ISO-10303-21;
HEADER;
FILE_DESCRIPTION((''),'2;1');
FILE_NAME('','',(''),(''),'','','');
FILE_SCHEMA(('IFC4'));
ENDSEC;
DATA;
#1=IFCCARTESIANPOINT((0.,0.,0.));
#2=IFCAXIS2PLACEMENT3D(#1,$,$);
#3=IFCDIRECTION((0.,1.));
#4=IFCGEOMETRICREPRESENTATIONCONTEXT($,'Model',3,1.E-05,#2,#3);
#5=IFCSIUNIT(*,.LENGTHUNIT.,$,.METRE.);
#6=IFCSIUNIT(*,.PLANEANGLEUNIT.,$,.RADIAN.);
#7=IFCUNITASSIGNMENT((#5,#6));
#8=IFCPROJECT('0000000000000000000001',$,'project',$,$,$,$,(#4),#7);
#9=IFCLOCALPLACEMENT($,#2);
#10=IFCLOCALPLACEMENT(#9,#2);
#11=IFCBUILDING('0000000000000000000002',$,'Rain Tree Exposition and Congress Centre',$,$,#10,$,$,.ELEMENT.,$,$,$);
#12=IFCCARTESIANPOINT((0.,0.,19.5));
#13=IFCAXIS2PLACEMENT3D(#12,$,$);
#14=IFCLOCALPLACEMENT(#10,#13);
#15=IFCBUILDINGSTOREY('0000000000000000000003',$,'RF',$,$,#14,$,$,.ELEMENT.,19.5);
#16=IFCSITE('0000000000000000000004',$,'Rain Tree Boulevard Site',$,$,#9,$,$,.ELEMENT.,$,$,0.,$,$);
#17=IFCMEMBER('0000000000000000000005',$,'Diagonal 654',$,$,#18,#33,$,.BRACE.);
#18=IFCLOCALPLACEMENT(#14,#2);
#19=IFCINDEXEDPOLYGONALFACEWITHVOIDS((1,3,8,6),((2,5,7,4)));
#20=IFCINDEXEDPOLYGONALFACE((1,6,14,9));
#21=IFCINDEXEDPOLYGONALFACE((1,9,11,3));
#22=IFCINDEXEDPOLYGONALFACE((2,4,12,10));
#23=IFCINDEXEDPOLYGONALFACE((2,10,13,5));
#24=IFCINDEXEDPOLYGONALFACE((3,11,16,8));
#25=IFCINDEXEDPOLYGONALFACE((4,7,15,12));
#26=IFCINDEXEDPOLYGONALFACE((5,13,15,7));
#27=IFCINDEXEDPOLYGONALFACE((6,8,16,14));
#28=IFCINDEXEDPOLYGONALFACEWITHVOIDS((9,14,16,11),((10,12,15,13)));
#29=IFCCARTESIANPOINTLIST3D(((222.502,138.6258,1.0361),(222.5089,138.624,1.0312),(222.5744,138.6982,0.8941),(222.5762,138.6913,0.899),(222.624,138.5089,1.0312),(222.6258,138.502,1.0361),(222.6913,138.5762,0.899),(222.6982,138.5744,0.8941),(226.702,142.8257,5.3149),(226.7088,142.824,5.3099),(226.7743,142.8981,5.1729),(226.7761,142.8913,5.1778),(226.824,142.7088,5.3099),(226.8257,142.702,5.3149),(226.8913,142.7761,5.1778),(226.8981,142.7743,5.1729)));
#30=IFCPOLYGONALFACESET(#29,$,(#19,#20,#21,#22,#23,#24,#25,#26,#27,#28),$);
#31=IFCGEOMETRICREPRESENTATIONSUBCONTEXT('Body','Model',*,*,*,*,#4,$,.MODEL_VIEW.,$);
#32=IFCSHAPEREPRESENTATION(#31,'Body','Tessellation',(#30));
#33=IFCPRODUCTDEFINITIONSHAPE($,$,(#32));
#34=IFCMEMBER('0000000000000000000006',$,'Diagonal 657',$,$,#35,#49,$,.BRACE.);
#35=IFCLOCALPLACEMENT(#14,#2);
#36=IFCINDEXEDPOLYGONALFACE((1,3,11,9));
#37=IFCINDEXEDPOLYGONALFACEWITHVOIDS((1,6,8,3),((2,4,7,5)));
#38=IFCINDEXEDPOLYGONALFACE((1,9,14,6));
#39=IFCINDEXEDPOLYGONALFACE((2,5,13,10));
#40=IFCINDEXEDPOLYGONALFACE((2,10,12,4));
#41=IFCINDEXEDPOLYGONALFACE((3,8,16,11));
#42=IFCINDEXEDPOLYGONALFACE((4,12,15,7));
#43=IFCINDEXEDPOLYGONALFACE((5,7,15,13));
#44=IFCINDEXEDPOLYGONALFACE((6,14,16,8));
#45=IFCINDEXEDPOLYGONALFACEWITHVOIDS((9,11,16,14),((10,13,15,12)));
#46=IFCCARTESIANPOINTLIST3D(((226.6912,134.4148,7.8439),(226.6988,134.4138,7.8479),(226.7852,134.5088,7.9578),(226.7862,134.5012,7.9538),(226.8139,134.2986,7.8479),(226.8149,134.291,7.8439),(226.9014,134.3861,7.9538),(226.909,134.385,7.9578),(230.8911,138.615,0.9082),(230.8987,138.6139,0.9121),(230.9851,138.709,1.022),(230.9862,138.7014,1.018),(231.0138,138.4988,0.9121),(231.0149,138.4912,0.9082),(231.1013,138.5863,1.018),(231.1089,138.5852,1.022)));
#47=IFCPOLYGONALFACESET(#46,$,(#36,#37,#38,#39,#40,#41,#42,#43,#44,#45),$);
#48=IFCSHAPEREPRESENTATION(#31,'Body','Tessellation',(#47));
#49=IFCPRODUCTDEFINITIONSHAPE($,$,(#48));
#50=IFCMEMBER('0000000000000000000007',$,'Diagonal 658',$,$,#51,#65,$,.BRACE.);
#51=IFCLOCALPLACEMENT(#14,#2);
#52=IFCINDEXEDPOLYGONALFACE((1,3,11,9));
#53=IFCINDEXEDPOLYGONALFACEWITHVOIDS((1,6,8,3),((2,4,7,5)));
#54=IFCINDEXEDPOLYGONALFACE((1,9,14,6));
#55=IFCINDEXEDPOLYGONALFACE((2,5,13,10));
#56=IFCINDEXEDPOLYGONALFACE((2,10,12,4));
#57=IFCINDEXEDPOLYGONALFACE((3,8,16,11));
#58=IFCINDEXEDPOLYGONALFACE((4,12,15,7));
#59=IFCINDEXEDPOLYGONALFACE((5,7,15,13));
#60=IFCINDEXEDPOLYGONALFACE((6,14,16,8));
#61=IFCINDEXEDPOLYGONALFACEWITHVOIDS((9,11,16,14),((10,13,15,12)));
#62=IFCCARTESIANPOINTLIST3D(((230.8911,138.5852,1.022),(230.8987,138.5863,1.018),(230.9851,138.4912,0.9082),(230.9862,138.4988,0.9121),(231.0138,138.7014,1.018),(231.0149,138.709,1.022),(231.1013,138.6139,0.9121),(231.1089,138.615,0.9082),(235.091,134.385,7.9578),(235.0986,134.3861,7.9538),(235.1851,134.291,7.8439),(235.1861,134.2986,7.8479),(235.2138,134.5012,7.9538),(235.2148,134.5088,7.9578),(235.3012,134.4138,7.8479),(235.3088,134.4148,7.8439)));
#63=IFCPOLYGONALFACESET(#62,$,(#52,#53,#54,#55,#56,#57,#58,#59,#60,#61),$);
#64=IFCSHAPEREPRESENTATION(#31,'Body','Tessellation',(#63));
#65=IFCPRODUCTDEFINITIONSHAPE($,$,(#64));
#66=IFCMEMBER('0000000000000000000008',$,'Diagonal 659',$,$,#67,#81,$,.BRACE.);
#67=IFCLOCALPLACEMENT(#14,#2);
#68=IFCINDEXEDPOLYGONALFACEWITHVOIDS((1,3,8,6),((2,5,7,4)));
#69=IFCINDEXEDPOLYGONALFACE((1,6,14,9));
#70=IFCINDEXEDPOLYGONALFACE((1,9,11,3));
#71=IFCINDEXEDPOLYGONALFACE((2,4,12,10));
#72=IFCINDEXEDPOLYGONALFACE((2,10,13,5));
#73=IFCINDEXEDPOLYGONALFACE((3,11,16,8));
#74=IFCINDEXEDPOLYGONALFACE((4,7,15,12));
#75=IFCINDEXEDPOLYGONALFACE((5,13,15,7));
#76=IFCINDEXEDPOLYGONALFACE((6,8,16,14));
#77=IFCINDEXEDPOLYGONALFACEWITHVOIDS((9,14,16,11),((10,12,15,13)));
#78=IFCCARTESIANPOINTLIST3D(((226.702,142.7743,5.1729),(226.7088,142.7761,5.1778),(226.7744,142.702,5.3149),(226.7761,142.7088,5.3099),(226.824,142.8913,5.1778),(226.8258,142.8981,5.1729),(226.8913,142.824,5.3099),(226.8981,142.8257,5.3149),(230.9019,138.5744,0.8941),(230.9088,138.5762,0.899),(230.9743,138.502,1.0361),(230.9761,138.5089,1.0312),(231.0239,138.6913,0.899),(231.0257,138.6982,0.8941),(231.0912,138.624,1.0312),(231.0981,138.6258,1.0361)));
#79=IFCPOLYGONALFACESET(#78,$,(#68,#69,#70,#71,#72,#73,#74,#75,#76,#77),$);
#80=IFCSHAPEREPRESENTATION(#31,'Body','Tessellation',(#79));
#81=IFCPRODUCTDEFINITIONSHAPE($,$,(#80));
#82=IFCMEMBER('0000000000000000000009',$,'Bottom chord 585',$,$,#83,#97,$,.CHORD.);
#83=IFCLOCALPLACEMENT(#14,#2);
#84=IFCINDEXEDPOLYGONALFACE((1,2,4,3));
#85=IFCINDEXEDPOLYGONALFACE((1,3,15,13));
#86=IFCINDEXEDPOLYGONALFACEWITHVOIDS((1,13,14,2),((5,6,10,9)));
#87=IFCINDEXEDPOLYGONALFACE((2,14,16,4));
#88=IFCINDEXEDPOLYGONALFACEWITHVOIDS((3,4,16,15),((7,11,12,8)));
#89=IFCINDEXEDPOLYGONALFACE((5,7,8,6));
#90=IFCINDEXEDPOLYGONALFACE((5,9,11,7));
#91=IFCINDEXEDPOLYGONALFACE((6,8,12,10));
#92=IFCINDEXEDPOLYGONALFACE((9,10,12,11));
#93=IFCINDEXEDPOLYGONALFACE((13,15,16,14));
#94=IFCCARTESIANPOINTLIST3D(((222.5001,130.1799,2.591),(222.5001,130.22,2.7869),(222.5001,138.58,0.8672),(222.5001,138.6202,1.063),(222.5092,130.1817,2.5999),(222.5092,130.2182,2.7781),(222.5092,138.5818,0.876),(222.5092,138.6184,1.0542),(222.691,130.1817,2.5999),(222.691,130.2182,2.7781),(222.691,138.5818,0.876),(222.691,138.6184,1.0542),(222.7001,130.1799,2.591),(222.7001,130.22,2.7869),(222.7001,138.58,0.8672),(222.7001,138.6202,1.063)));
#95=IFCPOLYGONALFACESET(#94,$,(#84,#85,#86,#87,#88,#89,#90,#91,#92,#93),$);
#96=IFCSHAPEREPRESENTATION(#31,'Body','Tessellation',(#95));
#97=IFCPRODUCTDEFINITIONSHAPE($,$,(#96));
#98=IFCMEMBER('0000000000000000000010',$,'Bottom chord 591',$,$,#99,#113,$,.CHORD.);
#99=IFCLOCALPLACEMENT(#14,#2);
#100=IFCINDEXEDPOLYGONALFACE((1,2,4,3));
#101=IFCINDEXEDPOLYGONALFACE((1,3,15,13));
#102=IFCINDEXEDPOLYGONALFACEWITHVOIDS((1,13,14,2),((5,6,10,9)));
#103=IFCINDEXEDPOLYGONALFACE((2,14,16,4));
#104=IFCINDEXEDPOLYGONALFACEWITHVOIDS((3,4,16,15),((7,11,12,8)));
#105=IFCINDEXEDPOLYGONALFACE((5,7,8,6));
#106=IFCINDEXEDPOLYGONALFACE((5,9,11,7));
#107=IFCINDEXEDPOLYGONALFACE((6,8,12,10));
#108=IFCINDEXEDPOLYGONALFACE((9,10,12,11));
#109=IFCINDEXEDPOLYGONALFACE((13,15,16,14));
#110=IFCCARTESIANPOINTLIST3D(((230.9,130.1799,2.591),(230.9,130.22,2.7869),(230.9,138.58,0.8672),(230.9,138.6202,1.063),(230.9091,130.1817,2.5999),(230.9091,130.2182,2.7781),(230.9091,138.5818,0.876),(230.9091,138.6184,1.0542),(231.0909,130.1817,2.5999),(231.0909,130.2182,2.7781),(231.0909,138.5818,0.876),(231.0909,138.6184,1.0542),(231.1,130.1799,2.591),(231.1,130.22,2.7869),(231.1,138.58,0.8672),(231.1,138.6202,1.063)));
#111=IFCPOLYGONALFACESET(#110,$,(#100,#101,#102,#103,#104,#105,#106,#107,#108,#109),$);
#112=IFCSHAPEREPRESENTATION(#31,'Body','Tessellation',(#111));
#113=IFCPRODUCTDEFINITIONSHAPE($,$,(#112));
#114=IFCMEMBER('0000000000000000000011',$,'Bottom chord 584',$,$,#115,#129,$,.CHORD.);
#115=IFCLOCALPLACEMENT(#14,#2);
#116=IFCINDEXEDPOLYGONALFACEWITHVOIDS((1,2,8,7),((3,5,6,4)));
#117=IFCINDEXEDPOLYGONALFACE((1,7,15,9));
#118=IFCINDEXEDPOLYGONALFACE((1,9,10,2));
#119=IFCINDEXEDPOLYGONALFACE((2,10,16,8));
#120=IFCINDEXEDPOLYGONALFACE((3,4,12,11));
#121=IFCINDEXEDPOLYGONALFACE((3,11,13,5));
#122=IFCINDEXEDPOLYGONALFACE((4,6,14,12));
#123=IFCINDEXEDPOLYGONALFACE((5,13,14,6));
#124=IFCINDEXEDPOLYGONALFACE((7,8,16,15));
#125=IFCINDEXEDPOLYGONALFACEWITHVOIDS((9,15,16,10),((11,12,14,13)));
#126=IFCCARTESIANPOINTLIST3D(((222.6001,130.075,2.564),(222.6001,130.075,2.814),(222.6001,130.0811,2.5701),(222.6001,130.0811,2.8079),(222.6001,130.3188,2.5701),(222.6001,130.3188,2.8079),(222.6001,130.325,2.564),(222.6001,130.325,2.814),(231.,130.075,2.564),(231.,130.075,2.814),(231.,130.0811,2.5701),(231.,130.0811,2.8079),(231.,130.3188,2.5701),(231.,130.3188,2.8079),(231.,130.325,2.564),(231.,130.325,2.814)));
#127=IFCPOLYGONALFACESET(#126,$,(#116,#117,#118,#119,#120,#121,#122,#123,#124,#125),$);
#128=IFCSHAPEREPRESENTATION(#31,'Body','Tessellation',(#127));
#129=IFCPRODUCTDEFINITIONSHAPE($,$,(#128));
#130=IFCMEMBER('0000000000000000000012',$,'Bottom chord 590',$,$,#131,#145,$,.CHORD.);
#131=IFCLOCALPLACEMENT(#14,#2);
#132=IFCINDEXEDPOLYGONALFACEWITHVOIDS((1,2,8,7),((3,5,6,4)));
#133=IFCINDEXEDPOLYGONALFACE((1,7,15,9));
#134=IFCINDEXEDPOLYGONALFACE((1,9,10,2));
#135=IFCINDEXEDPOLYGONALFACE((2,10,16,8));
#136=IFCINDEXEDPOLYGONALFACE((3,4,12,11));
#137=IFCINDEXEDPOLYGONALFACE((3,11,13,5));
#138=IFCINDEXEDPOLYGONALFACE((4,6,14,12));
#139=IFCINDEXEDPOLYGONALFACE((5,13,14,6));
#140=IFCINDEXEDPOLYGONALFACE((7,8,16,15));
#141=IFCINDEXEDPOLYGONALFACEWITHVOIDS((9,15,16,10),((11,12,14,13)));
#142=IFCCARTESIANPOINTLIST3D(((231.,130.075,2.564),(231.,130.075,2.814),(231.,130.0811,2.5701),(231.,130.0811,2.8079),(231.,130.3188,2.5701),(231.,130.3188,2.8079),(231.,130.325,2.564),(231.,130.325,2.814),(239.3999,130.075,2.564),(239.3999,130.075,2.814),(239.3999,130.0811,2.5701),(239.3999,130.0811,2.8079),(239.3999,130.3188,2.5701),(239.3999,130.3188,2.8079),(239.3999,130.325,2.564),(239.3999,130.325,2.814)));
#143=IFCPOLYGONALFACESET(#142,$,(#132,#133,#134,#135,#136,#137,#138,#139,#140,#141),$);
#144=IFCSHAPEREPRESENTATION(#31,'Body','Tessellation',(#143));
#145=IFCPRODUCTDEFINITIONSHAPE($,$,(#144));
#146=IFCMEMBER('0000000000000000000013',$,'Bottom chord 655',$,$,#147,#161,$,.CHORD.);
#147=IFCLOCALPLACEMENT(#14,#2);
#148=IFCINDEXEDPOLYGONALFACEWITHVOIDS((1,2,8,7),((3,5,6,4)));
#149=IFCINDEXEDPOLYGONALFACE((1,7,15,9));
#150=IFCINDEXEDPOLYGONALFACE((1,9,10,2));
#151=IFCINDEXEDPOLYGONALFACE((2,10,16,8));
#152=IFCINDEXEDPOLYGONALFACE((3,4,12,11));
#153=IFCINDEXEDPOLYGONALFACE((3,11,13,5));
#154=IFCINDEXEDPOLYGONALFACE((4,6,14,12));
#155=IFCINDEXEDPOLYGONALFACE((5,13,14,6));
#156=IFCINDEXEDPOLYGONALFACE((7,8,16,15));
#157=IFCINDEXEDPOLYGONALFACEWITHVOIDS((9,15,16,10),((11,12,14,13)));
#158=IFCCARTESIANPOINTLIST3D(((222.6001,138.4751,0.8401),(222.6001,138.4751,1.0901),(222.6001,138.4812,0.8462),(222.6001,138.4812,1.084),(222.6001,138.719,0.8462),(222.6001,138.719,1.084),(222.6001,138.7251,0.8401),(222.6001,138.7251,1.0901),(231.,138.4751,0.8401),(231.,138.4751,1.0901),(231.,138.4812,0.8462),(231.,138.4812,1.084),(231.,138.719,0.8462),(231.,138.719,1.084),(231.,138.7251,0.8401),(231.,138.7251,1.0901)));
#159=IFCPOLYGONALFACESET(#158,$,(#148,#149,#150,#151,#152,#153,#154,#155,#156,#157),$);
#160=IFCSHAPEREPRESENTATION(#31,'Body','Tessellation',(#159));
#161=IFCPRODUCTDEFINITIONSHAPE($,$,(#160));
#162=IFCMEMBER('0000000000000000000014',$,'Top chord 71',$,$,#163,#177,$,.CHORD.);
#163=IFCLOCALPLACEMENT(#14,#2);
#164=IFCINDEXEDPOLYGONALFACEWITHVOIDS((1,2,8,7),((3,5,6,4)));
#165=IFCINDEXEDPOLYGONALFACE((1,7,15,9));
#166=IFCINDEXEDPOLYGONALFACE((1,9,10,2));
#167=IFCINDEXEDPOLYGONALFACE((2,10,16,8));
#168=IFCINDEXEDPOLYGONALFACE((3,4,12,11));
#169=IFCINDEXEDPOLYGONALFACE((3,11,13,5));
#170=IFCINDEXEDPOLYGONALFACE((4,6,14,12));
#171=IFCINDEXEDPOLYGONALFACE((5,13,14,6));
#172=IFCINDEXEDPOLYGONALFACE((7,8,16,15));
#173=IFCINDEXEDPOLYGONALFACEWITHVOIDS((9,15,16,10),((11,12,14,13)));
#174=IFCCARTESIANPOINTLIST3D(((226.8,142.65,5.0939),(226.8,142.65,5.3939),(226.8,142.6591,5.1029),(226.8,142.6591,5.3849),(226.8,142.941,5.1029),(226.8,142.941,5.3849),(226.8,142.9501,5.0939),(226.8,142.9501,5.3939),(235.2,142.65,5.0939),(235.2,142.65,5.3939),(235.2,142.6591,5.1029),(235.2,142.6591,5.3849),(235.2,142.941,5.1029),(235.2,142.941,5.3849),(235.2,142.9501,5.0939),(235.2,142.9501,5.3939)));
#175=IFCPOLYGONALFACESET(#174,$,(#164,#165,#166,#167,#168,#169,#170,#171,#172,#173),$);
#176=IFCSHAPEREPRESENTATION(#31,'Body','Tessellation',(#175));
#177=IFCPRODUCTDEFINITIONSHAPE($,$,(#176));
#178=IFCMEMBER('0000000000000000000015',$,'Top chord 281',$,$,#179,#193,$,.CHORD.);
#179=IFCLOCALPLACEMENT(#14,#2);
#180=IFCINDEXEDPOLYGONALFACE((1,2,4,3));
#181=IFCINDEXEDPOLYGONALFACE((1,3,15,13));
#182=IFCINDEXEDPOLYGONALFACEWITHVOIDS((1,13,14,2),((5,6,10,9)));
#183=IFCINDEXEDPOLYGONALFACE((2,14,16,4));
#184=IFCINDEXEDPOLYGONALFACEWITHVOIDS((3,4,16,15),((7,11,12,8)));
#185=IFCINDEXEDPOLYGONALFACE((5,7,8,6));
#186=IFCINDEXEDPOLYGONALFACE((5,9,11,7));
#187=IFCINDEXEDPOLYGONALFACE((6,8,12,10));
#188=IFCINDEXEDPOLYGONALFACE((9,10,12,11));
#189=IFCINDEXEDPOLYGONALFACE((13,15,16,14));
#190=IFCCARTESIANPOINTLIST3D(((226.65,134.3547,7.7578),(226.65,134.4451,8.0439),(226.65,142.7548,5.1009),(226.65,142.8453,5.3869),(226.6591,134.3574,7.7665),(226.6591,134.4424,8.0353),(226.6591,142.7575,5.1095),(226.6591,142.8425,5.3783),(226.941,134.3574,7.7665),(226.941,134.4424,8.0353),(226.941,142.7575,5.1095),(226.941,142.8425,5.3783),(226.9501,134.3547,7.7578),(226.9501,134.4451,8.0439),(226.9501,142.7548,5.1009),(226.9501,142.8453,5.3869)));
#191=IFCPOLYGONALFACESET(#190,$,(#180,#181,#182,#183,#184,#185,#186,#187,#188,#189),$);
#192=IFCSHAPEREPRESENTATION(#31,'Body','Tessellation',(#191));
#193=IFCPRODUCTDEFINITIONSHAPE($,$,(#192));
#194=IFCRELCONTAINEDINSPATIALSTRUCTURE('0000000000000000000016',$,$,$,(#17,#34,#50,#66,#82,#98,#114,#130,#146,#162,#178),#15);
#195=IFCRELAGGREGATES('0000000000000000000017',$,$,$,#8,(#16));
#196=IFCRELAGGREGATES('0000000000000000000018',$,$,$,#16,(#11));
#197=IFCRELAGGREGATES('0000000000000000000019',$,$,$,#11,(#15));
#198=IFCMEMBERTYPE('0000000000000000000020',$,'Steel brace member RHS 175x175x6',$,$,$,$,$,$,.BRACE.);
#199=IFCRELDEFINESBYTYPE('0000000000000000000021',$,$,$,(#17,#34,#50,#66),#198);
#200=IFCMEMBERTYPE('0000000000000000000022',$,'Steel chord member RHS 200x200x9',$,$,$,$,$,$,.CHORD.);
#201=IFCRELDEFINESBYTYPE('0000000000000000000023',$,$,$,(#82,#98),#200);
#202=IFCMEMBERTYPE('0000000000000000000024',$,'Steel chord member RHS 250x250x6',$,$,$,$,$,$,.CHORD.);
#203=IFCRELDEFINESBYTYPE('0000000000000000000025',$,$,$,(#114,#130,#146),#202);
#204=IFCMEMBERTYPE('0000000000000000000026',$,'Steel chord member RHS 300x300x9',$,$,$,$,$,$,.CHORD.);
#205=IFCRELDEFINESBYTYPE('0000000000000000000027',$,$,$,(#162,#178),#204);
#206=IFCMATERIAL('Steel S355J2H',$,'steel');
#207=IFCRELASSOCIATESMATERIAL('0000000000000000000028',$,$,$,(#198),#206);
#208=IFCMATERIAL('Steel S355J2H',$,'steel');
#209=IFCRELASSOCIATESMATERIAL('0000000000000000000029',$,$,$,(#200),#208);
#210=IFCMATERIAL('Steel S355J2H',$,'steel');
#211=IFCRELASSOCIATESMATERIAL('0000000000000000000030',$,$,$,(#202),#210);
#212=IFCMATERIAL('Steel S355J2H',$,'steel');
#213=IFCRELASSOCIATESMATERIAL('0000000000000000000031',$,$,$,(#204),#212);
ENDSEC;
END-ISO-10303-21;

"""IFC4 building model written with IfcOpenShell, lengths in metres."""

from ifc_helpers import new_model, si_unit, direction, frame, origin, origin_2d, place, context, subcontext, project, spatial, hollow_rectangle, extrude, material, material_profile, profile_set, type_object, element, save


model = new_model("IFC4")

# Units and contexts
model_context = context("Model", 3, precision=1e-05, world=origin(), true_north=direction((0.0, 1.0)))
body_context = subcontext(model_context, "Body", "Model", "MODEL_VIEW")
ifc_project = project(units=[si_unit("LENGTHUNIT", "METRE"), si_unit("PLANEANGLEUNIT", "RADIAN")], contexts=[model_context])

# Site, building, storey
site_placement = place(None, origin())
site = spatial("IfcSite", under=ifc_project, at=site_placement, Name="Rain Tree Boulevard Site", CompositionType="ELEMENT", RefElevation=0.0)
building_placement = place(site_placement, origin())
building = spatial("IfcBuilding", under=site, at=building_placement, Name="Rain Tree Exposition and Congress Centre", CompositionType="ELEMENT")
storey_placement = place(building_placement, frame((0.0, 0.0, 19.5)))
storey = spatial("IfcBuildingStorey", under=building, at=storey_placement, Name="RF", CompositionType="ELEMENT", Elevation=19.5)

# Members
ifc_material_1 = material(Name="Steel S355J2H", Category="steel")
ifc_material_profile_1 = material_profile(ifc_material_1, hollow_rectangle(XDim=0.175, YDim=0.175, WallThickness=0.0061, at=origin_2d()), Name="RHS 175x175x6")
ifc_profile_set_1 = profile_set([ifc_material_profile_1], Name="Steel S355J2H")
member_type_1 = type_object("IfcMemberType", Name="Steel brace member RHS 175x175x6", PredefinedType="BRACE", material=ifc_profile_set_1)
member_1_placement = place(storey_placement, frame((222.6001, 138.6001, 0.9651), z_axis=(0.573737, 0.573737, 0.58451), x_axis=(-0.707107, 0.707107, 0.0)))
element("IfcMember", 1, at=member_1_placement, inside=storey, type_object=member_type_1, Name="Diagonal 654", PredefinedType="BRACE", context=body_context, shape_type="SweptSolid", body=[
    extrude(hollow_rectangle(XDim=0.175, YDim=0.175, WallThickness=0.0061, at=origin_2d()), origin(), (0.0, 0.0, 1.0), 7.3203),
])
for number, where, z_axis, x_axis, name in (
    (2, (231.0, 138.6001, 0.9651), (-0.459935, -0.459962, 0.759536), (0.707127, -0.707086, 0.0), "Diagonal 657"),
    (3, (231.0, 138.6001, 0.9651), (0.459935, -0.459962, 0.759536), (0.707127, 0.707086, 0.0), "Diagonal 658"),
):
    element("IfcMember", number, at=place(storey_placement, frame(where, z_axis=z_axis, x_axis=x_axis)), inside=storey, type_object=member_type_1, Name=name, PredefinedType="BRACE", context=body_context, shape_type="SweptSolid", body=[
        extrude(hollow_rectangle(XDim=0.175, YDim=0.175, WallThickness=0.0061, at=origin_2d()), origin(), (0.0, 0.0, 1.0), 9.1316),
    ])
member_2_placement = place(storey_placement, frame((231.0, 138.6001, 0.9651), z_axis=(-0.573737, 0.573737, 0.58451), x_axis=(-0.707107, -0.707107, 0.0)))
element("IfcMember", 4, at=member_2_placement, inside=storey, type_object=member_type_1, Name="Diagonal 659", PredefinedType="BRACE", context=body_context, shape_type="SweptSolid", body=[
    extrude(hollow_rectangle(XDim=0.175, YDim=0.175, WallThickness=0.0061, at=origin_2d()), origin(), (0.0, 0.0, 1.0), 7.3203),
])
ifc_material_2 = material(Name="Steel S355J2H", Category="steel")
ifc_material_profile_2 = material_profile(ifc_material_2, hollow_rectangle(XDim=0.2, YDim=0.2, WallThickness=0.009, at=origin_2d()), Name="RHS 200x200x9")
ifc_profile_set_2 = profile_set([ifc_material_profile_2], Name="Steel S355J2H")
member_type_2 = type_object("IfcMemberType", Name="Steel chord member RHS 200x200x9", PredefinedType="CHORD", material=ifc_profile_set_2)
for number, where, z_axis, x_axis, name in (
    (5, (222.6001, 130.2, 2.689), (0.0, 0.979585, -0.20103), (-1.0, 0.0, 0.0), "Bottom chord 585"),
    (6, (231.0, 130.2, 2.689), (0.0, 0.979585, -0.20103), (-1.0, 0.0, 0.0), "Bottom chord 591"),
):
    element("IfcMember", number, at=place(storey_placement, frame(where, z_axis=z_axis, x_axis=x_axis)), inside=storey, type_object=member_type_2, Name=name, PredefinedType="CHORD", context=body_context, shape_type="SweptSolid", body=[
        extrude(hollow_rectangle(XDim=0.2, YDim=0.2, WallThickness=0.009, at=origin_2d()), origin(), (0.0, 0.0, 1.0), 8.5752),
    ])
ifc_material_3 = material(Name="Steel S355J2H", Category="steel")
ifc_material_profile_3 = material_profile(ifc_material_3, hollow_rectangle(XDim=0.25, YDim=0.25, WallThickness=0.0061, at=origin_2d()), Name="RHS 250x250x6")
ifc_profile_set_3 = profile_set([ifc_material_profile_3], Name="Steel S355J2H")
member_type_3 = type_object("IfcMemberType", Name="Steel chord member RHS 250x250x6", PredefinedType="CHORD", material=ifc_profile_set_3)
for number, where, z_axis, x_axis, name in (
    (7, (222.6001, 130.2, 2.689), (1.0, 0.0, 0.0), (0.0, 1.0, 0.0), "Bottom chord 584"),
    (8, (231.0, 130.2, 2.689), (1.0, 0.0, 0.0), (0.0, 1.0, 0.0), "Bottom chord 590"),
    (9, (222.6001, 138.6001, 0.9651), (1.0, 0.0, 0.0), (0.0, 1.0, 0.0), "Bottom chord 655"),
):
    element("IfcMember", number, at=place(storey_placement, frame(where, z_axis=z_axis, x_axis=x_axis)), inside=storey, type_object=member_type_3, Name=name, PredefinedType="CHORD", context=body_context, shape_type="SweptSolid", body=[
        extrude(hollow_rectangle(XDim=0.25, YDim=0.25, WallThickness=0.0061, at=origin_2d()), origin(), (0.0, 0.0, 1.0), 8.3999),
    ])
ifc_material_4 = material(Name="Steel S355J2H", Category="steel")
ifc_material_profile_4 = material_profile(ifc_material_4, hollow_rectangle(XDim=0.3, YDim=0.3, WallThickness=0.009, at=origin_2d()), Name="RHS 300x300x9")
ifc_profile_set_4 = profile_set([ifc_material_profile_4], Name="Steel S355J2H")
member_type_4 = type_object("IfcMemberType", Name="Steel chord member RHS 300x300x9", PredefinedType="CHORD", material=ifc_profile_set_4)
member_3_placement = place(storey_placement, frame((226.8, 142.8, 5.2439), z_axis=(1.0, 0.0, 0.0), x_axis=(0.0, 1.0, 0.0)))
element("IfcMember", 10, at=member_3_placement, inside=storey, type_object=member_type_4, Name="Top chord 71", PredefinedType="CHORD", context=body_context, shape_type="SweptSolid", body=[
    extrude(hollow_rectangle(XDim=0.3, YDim=0.3, WallThickness=0.009, at=origin_2d()), origin(), (0.0, 0.0, 1.0), 8.3999),
])
member_4_placement = place(storey_placement, frame((226.8, 134.3999, 7.9009), z_axis=(0.0, 0.953442, -0.301576), x_axis=(-1.0, 0.0, 0.0)))
element("IfcMember", 11, at=member_4_placement, inside=storey, type_object=member_type_4, Name="Top chord 281", PredefinedType="CHORD", context=body_context, shape_type="SweptSolid", body=[
    extrude(hollow_rectangle(XDim=0.3, YDim=0.3, WallThickness=0.009, at=origin_2d()), origin(), (0.0, 0.0, 1.0), 8.8103),
])

save(model, "model.ifc")
